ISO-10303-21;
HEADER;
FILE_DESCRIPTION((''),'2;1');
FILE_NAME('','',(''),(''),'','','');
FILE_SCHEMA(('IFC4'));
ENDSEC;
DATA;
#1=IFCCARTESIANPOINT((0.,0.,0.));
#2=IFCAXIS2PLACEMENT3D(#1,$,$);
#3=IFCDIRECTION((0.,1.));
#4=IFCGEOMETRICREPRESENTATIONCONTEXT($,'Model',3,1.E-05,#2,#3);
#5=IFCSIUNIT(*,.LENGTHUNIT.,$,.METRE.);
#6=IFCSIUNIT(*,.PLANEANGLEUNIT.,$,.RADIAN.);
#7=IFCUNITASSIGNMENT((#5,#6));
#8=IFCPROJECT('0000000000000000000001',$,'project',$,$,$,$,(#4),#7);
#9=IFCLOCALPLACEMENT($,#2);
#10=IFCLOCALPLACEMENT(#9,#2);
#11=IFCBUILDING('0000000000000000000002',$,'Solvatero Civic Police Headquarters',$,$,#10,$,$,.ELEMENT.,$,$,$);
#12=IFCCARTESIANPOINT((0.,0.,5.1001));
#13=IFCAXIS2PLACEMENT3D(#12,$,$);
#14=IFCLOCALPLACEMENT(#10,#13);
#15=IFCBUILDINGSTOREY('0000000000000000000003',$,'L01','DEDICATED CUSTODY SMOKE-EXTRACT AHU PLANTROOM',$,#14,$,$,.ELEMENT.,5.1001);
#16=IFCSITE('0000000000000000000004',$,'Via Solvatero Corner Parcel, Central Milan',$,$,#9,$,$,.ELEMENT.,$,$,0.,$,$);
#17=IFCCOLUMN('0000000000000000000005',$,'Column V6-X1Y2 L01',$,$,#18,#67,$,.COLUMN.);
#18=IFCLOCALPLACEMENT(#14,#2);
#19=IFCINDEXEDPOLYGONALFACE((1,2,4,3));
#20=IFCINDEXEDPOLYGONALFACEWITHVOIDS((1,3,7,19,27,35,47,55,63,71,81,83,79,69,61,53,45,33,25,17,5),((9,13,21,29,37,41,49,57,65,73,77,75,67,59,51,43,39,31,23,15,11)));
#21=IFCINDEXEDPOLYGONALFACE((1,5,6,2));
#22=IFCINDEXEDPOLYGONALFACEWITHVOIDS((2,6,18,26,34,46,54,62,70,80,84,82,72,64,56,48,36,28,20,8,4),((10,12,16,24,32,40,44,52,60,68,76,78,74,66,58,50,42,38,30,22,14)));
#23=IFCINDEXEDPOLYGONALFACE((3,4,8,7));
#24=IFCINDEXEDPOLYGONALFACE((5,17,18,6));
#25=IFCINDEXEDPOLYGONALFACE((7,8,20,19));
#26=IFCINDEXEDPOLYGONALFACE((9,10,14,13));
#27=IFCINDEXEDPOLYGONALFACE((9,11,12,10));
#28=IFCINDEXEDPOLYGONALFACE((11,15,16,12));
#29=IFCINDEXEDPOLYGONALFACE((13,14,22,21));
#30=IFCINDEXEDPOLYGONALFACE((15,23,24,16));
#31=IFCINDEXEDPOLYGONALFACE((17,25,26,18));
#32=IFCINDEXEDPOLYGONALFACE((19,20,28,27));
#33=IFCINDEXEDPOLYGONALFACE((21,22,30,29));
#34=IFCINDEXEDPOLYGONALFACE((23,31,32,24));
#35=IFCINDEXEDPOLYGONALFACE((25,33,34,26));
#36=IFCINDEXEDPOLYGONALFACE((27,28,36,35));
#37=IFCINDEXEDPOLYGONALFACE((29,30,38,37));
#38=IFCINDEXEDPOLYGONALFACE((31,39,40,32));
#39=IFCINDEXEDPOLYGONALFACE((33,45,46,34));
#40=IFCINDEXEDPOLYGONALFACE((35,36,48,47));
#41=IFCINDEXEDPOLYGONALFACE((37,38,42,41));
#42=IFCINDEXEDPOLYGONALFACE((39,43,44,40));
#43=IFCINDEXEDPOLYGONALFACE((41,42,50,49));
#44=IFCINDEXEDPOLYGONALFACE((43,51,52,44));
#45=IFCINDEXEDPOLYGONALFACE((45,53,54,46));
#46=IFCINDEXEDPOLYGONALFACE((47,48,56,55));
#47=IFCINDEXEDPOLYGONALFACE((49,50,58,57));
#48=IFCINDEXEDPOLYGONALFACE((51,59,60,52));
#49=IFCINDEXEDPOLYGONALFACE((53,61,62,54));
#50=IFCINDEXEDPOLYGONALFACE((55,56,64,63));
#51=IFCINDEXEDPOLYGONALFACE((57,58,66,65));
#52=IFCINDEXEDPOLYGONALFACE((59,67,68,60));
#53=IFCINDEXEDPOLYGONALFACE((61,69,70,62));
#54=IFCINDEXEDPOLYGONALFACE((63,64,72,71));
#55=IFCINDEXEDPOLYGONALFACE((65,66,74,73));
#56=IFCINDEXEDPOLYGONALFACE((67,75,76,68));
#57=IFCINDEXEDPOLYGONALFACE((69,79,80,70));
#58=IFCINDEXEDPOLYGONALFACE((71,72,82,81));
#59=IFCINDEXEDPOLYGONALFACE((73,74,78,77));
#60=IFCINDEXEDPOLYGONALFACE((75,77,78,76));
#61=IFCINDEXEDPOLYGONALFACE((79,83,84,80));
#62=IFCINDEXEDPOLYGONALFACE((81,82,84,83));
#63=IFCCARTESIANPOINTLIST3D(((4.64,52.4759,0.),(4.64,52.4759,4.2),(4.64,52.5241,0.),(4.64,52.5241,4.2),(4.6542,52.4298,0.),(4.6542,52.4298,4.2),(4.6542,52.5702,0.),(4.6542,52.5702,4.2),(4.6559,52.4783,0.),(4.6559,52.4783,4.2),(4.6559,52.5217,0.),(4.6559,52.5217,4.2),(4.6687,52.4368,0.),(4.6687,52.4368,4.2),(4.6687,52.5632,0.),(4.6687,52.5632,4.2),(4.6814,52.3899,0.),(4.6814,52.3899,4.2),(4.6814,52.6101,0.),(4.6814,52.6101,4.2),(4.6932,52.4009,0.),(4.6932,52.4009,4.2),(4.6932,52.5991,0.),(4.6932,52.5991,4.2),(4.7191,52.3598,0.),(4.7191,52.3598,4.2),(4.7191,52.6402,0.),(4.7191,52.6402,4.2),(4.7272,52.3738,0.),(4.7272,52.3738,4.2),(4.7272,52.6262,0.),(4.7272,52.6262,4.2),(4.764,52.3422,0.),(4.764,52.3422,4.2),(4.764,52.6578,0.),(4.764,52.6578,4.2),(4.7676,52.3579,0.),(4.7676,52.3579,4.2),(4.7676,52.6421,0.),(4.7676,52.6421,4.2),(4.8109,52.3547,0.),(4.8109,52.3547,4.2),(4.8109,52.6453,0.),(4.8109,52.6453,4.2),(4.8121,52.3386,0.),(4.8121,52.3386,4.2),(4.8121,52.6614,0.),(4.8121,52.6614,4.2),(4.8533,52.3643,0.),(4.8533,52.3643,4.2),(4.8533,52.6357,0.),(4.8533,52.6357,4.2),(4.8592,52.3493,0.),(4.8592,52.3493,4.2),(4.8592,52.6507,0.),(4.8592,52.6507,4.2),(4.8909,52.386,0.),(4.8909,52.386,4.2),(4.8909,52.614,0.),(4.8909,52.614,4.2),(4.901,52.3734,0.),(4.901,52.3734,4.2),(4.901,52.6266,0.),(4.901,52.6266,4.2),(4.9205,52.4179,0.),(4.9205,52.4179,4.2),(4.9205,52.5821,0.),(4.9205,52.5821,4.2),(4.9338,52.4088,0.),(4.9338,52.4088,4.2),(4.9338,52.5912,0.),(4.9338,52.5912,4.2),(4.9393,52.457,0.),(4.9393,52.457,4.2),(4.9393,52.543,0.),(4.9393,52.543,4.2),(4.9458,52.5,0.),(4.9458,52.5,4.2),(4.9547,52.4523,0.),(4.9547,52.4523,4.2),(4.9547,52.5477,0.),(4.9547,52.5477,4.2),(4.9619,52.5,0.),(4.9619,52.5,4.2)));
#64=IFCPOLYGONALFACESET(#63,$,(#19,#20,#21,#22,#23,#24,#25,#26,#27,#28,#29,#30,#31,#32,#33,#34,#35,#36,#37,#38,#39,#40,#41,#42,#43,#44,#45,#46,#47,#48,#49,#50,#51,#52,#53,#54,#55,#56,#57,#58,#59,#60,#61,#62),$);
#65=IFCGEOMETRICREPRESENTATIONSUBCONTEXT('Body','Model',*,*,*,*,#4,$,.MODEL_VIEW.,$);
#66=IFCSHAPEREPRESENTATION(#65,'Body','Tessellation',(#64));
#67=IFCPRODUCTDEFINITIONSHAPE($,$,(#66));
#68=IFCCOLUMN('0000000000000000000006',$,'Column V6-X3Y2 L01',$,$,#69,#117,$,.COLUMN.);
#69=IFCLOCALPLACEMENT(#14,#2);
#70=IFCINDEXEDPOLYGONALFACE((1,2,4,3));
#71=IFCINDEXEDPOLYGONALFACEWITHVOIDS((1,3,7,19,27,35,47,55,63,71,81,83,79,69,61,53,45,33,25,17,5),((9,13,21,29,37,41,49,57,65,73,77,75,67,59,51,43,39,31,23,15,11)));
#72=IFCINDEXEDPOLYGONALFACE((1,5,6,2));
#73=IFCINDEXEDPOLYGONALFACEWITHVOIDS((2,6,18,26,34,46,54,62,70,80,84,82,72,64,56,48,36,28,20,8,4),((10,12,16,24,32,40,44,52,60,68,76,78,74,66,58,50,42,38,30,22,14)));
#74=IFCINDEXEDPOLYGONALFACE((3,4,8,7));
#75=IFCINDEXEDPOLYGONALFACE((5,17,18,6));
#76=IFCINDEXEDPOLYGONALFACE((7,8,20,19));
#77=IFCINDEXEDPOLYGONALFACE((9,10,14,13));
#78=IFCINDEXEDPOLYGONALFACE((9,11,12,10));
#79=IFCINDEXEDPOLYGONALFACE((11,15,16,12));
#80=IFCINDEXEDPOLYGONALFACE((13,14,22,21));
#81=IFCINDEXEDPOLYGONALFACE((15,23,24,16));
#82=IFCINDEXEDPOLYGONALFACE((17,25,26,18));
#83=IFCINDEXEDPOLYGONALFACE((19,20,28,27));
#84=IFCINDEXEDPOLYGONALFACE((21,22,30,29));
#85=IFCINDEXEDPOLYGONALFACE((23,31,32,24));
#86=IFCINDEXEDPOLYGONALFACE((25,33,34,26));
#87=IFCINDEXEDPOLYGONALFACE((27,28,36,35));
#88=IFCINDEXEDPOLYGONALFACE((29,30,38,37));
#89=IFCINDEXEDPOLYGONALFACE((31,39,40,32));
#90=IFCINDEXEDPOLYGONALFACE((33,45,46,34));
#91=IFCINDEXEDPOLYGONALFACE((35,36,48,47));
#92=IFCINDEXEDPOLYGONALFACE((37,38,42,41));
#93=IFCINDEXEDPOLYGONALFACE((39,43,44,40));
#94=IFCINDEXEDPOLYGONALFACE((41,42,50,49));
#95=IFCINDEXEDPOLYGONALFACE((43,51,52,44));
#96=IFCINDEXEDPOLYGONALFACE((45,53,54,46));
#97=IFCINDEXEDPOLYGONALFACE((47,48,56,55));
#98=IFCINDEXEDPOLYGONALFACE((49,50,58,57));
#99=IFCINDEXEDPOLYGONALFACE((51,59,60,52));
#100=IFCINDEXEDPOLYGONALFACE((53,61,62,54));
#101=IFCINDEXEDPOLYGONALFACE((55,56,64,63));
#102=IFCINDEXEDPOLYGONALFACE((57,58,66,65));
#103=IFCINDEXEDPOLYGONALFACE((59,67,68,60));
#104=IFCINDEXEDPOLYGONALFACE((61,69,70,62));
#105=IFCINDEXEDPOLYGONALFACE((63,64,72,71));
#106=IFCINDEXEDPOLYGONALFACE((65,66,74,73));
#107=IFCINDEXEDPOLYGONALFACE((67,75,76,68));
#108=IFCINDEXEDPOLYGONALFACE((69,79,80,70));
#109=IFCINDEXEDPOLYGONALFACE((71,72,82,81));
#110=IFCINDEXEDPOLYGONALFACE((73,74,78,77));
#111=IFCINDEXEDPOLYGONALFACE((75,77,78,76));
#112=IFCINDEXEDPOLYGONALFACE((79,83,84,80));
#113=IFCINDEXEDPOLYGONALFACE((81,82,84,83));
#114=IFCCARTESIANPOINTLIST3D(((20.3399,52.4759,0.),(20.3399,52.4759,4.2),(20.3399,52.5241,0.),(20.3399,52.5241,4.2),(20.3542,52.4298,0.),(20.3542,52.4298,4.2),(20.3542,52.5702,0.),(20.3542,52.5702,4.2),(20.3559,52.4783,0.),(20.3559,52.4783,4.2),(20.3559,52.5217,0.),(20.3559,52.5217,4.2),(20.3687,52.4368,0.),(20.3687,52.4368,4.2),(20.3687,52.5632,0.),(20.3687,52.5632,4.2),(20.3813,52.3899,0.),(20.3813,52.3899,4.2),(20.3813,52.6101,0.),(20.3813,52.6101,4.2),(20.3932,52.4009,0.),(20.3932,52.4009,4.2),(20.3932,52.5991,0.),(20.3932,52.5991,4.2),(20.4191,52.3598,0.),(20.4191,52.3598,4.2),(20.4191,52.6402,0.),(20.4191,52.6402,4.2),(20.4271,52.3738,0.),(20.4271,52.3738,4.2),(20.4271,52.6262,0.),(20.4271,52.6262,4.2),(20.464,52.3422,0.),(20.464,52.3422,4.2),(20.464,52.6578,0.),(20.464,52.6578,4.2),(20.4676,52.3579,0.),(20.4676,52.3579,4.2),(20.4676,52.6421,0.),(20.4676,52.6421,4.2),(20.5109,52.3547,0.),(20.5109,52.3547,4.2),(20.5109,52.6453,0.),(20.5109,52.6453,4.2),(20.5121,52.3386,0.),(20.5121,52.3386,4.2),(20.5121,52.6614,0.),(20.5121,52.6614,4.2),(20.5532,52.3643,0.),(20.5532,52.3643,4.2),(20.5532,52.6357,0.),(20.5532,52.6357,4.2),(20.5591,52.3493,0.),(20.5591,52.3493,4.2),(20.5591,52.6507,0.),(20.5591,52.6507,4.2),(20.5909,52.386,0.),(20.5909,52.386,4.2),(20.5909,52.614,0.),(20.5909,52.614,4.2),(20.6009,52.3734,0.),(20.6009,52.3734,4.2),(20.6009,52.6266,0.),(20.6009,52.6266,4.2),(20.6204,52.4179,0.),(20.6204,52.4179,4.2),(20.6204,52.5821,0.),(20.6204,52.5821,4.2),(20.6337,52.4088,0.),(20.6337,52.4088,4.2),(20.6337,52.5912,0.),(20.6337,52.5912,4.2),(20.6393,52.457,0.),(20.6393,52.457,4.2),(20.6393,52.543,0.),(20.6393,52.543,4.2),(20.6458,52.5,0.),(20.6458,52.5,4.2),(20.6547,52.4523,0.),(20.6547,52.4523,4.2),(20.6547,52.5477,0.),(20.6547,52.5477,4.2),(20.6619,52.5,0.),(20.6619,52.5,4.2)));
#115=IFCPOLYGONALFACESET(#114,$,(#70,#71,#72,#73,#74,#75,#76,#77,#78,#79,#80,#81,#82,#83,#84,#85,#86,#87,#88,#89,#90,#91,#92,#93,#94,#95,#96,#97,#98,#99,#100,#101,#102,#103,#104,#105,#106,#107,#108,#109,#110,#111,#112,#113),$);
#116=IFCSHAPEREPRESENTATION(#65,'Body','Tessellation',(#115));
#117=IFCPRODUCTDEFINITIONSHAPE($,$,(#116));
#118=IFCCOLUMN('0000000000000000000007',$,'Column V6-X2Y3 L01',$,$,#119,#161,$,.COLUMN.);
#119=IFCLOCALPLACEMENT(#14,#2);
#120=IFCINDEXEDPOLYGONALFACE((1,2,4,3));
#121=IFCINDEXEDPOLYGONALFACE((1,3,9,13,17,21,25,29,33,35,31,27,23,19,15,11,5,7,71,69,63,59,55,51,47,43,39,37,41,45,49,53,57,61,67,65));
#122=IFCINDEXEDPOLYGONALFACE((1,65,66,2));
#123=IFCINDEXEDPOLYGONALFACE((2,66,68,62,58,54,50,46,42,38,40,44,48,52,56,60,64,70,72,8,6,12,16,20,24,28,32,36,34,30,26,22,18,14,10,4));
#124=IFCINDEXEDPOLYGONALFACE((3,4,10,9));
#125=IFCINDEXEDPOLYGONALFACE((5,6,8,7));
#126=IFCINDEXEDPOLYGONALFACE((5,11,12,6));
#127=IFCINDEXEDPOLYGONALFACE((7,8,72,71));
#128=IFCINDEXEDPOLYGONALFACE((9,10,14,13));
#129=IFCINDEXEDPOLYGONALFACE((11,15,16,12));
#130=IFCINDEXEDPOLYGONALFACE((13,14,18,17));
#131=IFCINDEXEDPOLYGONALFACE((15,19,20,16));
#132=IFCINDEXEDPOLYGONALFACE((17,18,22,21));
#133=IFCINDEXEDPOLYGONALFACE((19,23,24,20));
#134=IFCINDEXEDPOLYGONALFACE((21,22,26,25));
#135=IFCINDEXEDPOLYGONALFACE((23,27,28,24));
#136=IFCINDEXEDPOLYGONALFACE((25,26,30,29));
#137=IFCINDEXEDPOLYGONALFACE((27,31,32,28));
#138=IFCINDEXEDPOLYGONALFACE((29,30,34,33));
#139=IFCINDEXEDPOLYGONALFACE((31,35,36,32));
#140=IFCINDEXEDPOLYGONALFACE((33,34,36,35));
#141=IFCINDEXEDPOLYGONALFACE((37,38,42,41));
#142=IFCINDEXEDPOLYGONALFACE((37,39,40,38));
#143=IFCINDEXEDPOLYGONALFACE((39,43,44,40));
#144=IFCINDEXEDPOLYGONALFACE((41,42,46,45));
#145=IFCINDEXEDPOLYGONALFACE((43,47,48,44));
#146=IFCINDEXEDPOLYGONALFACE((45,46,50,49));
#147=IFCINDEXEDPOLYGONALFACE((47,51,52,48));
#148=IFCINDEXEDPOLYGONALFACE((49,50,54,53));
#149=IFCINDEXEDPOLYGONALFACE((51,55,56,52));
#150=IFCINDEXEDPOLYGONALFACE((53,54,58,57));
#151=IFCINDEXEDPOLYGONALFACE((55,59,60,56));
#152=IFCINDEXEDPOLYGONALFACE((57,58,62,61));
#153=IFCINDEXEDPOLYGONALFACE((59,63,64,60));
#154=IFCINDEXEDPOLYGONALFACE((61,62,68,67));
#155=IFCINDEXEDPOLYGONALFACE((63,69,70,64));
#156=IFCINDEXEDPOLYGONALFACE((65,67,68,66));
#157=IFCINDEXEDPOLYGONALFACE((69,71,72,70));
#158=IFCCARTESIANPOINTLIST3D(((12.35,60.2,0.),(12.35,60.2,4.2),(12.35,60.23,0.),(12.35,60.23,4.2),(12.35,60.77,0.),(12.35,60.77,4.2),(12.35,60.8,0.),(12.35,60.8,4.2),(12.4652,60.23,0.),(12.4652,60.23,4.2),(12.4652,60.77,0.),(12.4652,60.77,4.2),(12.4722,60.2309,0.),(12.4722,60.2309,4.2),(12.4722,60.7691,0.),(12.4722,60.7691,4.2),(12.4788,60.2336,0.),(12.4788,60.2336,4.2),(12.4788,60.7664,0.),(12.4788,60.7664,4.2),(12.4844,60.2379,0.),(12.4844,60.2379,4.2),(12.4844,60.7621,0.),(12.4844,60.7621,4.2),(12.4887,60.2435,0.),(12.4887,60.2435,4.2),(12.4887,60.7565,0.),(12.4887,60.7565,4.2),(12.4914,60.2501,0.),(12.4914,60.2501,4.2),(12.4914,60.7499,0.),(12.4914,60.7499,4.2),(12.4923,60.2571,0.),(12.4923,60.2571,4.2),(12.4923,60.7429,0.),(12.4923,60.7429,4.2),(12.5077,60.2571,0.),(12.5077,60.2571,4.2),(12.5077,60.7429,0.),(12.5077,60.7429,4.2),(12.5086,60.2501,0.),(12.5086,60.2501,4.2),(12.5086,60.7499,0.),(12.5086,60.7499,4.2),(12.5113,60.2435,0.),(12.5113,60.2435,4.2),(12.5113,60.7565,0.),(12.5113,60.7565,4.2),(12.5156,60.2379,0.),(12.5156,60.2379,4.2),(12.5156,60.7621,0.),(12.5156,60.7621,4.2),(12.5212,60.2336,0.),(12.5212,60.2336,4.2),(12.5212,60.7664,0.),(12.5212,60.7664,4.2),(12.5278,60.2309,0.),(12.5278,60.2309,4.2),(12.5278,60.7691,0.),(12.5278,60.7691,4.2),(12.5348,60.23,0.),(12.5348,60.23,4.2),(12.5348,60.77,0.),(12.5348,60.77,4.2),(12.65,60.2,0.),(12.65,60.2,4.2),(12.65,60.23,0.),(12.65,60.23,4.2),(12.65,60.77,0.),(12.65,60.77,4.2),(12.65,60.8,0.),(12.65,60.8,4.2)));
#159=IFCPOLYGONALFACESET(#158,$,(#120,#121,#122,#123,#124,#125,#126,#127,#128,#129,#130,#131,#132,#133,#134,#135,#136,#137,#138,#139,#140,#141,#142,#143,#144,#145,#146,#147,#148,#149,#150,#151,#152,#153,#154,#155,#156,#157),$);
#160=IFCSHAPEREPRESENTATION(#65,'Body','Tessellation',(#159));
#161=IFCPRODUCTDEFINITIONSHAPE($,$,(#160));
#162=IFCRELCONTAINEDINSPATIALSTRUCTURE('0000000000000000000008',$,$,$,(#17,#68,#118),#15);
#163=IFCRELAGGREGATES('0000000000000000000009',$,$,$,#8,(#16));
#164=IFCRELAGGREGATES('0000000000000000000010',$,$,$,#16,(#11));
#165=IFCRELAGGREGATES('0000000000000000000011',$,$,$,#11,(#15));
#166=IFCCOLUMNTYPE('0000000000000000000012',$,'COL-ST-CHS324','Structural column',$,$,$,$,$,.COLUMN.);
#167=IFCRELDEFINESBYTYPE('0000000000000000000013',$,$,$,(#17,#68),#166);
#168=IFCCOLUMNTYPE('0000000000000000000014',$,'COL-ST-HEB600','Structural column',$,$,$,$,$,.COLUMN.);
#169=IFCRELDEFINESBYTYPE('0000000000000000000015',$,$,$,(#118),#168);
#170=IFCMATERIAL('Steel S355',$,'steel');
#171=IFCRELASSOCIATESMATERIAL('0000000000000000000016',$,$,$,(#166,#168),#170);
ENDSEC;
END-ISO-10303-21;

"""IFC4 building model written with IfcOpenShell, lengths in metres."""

from ifc_helpers import new_model, si_unit, direction, frame, origin, origin_2d, place, context, subcontext, project, spatial, hollow_circle, i_section, extrude, material, material_profile, profile_set, type_object, element, save


model = new_model("IFC4")

# Units and contexts
model_context = context("Model", 3, precision=1e-05, world=origin(), true_north=direction((0.0, 1.0)))
body_context = subcontext(model_context, "Body", "Model", "MODEL_VIEW")
ifc_project = project(units=[si_unit("LENGTHUNIT", "METRE"), si_unit("PLANEANGLEUNIT", "RADIAN")], contexts=[model_context])

# Site, building, storey
site_placement = place(None, origin())
site = spatial("IfcSite", under=ifc_project, at=site_placement, Name="Via Solvatero Corner Parcel, Central Milan", CompositionType="ELEMENT", RefElevation=0.0)
building_placement = place(site_placement, origin())
building = spatial("IfcBuilding", under=site, at=building_placement, Name="Solvatero Civic Police Headquarters", CompositionType="ELEMENT")
storey_placement = place(building_placement, frame((0.0, 0.0, 5.1001)))
storey = spatial("IfcBuildingStorey", under=building, at=storey_placement, Name="L01", Description="DEDICATED CUSTODY SMOKE-EXTRACT AHU PLANTROOM", CompositionType="ELEMENT", Elevation=5.1001)

# Columns
ifc_material_1 = material(Name="Steel S355", Category="steel")
ifc_material_profile_1 = material_profile(ifc_material_1, hollow_circle(Radius=0.1619, WallThickness=0.0161, at=origin_2d()), Name="CHS 323.9x16.0")
ifc_profile_set_1 = profile_set([ifc_material_profile_1], Name="Steel S355")
column_type_1 = type_object("IfcColumnType", Name="COL-ST-CHS324", Description="Structural column", PredefinedType="COLUMN", material=ifc_profile_set_1)
for number, where, z_axis, x_axis, name in (
    (1, (4.8, 52.5, 0.0), (0.0, 0.0, 1.0), (1.0, 0.0, 0.0), "Column V6-X1Y2 L01"),
    (2, (20.5, 52.5, 0.0), (0.0, 0.0, 1.0), (1.0, 0.0, 0.0), "Column V6-X3Y2 L01"),
):
    element("IfcColumn", number, at=place(storey_placement, frame(where, z_axis=z_axis, x_axis=x_axis)), inside=storey, type_object=column_type_1, Name=name, PredefinedType="COLUMN", context=body_context, shape_type="SweptSolid", body=[
        extrude(hollow_circle(Radius=0.1619, WallThickness=0.0161, at=origin_2d()), origin(), (0.0, 0.0, 1.0), 4.2),
    ])
ifc_material_profile_2 = material_profile(ifc_material_1, i_section(OverallWidth=0.3, OverallDepth=0.6001, WebThickness=0.0154, FlangeThickness=0.03, FilletRadius=0.0271, at=origin_2d()), Name="HEB 600")
ifc_profile_set_2 = profile_set([ifc_material_profile_2], Name="Steel S355")
column_type_2 = type_object("IfcColumnType", Name="COL-ST-HEB600", Description="Structural column", PredefinedType="COLUMN", material=ifc_profile_set_2)
column_1_placement = place(storey_placement, frame((12.5, 60.5, 0.0), z_axis=(0.0, 0.0, 1.0), x_axis=(1.0, 0.0, 0.0)))
element("IfcColumn", 3, at=column_1_placement, inside=storey, type_object=column_type_2, Name="Column V6-X2Y3 L01", PredefinedType="COLUMN", context=body_context, shape_type="SweptSolid", body=[
    extrude(i_section(OverallWidth=0.3, OverallDepth=0.6001, WebThickness=0.0154, FlangeThickness=0.03, FilletRadius=0.0271, at=origin_2d()), origin(), (0.0, 0.0, 1.0), 4.2),
])

save(model, "model.ifc")
